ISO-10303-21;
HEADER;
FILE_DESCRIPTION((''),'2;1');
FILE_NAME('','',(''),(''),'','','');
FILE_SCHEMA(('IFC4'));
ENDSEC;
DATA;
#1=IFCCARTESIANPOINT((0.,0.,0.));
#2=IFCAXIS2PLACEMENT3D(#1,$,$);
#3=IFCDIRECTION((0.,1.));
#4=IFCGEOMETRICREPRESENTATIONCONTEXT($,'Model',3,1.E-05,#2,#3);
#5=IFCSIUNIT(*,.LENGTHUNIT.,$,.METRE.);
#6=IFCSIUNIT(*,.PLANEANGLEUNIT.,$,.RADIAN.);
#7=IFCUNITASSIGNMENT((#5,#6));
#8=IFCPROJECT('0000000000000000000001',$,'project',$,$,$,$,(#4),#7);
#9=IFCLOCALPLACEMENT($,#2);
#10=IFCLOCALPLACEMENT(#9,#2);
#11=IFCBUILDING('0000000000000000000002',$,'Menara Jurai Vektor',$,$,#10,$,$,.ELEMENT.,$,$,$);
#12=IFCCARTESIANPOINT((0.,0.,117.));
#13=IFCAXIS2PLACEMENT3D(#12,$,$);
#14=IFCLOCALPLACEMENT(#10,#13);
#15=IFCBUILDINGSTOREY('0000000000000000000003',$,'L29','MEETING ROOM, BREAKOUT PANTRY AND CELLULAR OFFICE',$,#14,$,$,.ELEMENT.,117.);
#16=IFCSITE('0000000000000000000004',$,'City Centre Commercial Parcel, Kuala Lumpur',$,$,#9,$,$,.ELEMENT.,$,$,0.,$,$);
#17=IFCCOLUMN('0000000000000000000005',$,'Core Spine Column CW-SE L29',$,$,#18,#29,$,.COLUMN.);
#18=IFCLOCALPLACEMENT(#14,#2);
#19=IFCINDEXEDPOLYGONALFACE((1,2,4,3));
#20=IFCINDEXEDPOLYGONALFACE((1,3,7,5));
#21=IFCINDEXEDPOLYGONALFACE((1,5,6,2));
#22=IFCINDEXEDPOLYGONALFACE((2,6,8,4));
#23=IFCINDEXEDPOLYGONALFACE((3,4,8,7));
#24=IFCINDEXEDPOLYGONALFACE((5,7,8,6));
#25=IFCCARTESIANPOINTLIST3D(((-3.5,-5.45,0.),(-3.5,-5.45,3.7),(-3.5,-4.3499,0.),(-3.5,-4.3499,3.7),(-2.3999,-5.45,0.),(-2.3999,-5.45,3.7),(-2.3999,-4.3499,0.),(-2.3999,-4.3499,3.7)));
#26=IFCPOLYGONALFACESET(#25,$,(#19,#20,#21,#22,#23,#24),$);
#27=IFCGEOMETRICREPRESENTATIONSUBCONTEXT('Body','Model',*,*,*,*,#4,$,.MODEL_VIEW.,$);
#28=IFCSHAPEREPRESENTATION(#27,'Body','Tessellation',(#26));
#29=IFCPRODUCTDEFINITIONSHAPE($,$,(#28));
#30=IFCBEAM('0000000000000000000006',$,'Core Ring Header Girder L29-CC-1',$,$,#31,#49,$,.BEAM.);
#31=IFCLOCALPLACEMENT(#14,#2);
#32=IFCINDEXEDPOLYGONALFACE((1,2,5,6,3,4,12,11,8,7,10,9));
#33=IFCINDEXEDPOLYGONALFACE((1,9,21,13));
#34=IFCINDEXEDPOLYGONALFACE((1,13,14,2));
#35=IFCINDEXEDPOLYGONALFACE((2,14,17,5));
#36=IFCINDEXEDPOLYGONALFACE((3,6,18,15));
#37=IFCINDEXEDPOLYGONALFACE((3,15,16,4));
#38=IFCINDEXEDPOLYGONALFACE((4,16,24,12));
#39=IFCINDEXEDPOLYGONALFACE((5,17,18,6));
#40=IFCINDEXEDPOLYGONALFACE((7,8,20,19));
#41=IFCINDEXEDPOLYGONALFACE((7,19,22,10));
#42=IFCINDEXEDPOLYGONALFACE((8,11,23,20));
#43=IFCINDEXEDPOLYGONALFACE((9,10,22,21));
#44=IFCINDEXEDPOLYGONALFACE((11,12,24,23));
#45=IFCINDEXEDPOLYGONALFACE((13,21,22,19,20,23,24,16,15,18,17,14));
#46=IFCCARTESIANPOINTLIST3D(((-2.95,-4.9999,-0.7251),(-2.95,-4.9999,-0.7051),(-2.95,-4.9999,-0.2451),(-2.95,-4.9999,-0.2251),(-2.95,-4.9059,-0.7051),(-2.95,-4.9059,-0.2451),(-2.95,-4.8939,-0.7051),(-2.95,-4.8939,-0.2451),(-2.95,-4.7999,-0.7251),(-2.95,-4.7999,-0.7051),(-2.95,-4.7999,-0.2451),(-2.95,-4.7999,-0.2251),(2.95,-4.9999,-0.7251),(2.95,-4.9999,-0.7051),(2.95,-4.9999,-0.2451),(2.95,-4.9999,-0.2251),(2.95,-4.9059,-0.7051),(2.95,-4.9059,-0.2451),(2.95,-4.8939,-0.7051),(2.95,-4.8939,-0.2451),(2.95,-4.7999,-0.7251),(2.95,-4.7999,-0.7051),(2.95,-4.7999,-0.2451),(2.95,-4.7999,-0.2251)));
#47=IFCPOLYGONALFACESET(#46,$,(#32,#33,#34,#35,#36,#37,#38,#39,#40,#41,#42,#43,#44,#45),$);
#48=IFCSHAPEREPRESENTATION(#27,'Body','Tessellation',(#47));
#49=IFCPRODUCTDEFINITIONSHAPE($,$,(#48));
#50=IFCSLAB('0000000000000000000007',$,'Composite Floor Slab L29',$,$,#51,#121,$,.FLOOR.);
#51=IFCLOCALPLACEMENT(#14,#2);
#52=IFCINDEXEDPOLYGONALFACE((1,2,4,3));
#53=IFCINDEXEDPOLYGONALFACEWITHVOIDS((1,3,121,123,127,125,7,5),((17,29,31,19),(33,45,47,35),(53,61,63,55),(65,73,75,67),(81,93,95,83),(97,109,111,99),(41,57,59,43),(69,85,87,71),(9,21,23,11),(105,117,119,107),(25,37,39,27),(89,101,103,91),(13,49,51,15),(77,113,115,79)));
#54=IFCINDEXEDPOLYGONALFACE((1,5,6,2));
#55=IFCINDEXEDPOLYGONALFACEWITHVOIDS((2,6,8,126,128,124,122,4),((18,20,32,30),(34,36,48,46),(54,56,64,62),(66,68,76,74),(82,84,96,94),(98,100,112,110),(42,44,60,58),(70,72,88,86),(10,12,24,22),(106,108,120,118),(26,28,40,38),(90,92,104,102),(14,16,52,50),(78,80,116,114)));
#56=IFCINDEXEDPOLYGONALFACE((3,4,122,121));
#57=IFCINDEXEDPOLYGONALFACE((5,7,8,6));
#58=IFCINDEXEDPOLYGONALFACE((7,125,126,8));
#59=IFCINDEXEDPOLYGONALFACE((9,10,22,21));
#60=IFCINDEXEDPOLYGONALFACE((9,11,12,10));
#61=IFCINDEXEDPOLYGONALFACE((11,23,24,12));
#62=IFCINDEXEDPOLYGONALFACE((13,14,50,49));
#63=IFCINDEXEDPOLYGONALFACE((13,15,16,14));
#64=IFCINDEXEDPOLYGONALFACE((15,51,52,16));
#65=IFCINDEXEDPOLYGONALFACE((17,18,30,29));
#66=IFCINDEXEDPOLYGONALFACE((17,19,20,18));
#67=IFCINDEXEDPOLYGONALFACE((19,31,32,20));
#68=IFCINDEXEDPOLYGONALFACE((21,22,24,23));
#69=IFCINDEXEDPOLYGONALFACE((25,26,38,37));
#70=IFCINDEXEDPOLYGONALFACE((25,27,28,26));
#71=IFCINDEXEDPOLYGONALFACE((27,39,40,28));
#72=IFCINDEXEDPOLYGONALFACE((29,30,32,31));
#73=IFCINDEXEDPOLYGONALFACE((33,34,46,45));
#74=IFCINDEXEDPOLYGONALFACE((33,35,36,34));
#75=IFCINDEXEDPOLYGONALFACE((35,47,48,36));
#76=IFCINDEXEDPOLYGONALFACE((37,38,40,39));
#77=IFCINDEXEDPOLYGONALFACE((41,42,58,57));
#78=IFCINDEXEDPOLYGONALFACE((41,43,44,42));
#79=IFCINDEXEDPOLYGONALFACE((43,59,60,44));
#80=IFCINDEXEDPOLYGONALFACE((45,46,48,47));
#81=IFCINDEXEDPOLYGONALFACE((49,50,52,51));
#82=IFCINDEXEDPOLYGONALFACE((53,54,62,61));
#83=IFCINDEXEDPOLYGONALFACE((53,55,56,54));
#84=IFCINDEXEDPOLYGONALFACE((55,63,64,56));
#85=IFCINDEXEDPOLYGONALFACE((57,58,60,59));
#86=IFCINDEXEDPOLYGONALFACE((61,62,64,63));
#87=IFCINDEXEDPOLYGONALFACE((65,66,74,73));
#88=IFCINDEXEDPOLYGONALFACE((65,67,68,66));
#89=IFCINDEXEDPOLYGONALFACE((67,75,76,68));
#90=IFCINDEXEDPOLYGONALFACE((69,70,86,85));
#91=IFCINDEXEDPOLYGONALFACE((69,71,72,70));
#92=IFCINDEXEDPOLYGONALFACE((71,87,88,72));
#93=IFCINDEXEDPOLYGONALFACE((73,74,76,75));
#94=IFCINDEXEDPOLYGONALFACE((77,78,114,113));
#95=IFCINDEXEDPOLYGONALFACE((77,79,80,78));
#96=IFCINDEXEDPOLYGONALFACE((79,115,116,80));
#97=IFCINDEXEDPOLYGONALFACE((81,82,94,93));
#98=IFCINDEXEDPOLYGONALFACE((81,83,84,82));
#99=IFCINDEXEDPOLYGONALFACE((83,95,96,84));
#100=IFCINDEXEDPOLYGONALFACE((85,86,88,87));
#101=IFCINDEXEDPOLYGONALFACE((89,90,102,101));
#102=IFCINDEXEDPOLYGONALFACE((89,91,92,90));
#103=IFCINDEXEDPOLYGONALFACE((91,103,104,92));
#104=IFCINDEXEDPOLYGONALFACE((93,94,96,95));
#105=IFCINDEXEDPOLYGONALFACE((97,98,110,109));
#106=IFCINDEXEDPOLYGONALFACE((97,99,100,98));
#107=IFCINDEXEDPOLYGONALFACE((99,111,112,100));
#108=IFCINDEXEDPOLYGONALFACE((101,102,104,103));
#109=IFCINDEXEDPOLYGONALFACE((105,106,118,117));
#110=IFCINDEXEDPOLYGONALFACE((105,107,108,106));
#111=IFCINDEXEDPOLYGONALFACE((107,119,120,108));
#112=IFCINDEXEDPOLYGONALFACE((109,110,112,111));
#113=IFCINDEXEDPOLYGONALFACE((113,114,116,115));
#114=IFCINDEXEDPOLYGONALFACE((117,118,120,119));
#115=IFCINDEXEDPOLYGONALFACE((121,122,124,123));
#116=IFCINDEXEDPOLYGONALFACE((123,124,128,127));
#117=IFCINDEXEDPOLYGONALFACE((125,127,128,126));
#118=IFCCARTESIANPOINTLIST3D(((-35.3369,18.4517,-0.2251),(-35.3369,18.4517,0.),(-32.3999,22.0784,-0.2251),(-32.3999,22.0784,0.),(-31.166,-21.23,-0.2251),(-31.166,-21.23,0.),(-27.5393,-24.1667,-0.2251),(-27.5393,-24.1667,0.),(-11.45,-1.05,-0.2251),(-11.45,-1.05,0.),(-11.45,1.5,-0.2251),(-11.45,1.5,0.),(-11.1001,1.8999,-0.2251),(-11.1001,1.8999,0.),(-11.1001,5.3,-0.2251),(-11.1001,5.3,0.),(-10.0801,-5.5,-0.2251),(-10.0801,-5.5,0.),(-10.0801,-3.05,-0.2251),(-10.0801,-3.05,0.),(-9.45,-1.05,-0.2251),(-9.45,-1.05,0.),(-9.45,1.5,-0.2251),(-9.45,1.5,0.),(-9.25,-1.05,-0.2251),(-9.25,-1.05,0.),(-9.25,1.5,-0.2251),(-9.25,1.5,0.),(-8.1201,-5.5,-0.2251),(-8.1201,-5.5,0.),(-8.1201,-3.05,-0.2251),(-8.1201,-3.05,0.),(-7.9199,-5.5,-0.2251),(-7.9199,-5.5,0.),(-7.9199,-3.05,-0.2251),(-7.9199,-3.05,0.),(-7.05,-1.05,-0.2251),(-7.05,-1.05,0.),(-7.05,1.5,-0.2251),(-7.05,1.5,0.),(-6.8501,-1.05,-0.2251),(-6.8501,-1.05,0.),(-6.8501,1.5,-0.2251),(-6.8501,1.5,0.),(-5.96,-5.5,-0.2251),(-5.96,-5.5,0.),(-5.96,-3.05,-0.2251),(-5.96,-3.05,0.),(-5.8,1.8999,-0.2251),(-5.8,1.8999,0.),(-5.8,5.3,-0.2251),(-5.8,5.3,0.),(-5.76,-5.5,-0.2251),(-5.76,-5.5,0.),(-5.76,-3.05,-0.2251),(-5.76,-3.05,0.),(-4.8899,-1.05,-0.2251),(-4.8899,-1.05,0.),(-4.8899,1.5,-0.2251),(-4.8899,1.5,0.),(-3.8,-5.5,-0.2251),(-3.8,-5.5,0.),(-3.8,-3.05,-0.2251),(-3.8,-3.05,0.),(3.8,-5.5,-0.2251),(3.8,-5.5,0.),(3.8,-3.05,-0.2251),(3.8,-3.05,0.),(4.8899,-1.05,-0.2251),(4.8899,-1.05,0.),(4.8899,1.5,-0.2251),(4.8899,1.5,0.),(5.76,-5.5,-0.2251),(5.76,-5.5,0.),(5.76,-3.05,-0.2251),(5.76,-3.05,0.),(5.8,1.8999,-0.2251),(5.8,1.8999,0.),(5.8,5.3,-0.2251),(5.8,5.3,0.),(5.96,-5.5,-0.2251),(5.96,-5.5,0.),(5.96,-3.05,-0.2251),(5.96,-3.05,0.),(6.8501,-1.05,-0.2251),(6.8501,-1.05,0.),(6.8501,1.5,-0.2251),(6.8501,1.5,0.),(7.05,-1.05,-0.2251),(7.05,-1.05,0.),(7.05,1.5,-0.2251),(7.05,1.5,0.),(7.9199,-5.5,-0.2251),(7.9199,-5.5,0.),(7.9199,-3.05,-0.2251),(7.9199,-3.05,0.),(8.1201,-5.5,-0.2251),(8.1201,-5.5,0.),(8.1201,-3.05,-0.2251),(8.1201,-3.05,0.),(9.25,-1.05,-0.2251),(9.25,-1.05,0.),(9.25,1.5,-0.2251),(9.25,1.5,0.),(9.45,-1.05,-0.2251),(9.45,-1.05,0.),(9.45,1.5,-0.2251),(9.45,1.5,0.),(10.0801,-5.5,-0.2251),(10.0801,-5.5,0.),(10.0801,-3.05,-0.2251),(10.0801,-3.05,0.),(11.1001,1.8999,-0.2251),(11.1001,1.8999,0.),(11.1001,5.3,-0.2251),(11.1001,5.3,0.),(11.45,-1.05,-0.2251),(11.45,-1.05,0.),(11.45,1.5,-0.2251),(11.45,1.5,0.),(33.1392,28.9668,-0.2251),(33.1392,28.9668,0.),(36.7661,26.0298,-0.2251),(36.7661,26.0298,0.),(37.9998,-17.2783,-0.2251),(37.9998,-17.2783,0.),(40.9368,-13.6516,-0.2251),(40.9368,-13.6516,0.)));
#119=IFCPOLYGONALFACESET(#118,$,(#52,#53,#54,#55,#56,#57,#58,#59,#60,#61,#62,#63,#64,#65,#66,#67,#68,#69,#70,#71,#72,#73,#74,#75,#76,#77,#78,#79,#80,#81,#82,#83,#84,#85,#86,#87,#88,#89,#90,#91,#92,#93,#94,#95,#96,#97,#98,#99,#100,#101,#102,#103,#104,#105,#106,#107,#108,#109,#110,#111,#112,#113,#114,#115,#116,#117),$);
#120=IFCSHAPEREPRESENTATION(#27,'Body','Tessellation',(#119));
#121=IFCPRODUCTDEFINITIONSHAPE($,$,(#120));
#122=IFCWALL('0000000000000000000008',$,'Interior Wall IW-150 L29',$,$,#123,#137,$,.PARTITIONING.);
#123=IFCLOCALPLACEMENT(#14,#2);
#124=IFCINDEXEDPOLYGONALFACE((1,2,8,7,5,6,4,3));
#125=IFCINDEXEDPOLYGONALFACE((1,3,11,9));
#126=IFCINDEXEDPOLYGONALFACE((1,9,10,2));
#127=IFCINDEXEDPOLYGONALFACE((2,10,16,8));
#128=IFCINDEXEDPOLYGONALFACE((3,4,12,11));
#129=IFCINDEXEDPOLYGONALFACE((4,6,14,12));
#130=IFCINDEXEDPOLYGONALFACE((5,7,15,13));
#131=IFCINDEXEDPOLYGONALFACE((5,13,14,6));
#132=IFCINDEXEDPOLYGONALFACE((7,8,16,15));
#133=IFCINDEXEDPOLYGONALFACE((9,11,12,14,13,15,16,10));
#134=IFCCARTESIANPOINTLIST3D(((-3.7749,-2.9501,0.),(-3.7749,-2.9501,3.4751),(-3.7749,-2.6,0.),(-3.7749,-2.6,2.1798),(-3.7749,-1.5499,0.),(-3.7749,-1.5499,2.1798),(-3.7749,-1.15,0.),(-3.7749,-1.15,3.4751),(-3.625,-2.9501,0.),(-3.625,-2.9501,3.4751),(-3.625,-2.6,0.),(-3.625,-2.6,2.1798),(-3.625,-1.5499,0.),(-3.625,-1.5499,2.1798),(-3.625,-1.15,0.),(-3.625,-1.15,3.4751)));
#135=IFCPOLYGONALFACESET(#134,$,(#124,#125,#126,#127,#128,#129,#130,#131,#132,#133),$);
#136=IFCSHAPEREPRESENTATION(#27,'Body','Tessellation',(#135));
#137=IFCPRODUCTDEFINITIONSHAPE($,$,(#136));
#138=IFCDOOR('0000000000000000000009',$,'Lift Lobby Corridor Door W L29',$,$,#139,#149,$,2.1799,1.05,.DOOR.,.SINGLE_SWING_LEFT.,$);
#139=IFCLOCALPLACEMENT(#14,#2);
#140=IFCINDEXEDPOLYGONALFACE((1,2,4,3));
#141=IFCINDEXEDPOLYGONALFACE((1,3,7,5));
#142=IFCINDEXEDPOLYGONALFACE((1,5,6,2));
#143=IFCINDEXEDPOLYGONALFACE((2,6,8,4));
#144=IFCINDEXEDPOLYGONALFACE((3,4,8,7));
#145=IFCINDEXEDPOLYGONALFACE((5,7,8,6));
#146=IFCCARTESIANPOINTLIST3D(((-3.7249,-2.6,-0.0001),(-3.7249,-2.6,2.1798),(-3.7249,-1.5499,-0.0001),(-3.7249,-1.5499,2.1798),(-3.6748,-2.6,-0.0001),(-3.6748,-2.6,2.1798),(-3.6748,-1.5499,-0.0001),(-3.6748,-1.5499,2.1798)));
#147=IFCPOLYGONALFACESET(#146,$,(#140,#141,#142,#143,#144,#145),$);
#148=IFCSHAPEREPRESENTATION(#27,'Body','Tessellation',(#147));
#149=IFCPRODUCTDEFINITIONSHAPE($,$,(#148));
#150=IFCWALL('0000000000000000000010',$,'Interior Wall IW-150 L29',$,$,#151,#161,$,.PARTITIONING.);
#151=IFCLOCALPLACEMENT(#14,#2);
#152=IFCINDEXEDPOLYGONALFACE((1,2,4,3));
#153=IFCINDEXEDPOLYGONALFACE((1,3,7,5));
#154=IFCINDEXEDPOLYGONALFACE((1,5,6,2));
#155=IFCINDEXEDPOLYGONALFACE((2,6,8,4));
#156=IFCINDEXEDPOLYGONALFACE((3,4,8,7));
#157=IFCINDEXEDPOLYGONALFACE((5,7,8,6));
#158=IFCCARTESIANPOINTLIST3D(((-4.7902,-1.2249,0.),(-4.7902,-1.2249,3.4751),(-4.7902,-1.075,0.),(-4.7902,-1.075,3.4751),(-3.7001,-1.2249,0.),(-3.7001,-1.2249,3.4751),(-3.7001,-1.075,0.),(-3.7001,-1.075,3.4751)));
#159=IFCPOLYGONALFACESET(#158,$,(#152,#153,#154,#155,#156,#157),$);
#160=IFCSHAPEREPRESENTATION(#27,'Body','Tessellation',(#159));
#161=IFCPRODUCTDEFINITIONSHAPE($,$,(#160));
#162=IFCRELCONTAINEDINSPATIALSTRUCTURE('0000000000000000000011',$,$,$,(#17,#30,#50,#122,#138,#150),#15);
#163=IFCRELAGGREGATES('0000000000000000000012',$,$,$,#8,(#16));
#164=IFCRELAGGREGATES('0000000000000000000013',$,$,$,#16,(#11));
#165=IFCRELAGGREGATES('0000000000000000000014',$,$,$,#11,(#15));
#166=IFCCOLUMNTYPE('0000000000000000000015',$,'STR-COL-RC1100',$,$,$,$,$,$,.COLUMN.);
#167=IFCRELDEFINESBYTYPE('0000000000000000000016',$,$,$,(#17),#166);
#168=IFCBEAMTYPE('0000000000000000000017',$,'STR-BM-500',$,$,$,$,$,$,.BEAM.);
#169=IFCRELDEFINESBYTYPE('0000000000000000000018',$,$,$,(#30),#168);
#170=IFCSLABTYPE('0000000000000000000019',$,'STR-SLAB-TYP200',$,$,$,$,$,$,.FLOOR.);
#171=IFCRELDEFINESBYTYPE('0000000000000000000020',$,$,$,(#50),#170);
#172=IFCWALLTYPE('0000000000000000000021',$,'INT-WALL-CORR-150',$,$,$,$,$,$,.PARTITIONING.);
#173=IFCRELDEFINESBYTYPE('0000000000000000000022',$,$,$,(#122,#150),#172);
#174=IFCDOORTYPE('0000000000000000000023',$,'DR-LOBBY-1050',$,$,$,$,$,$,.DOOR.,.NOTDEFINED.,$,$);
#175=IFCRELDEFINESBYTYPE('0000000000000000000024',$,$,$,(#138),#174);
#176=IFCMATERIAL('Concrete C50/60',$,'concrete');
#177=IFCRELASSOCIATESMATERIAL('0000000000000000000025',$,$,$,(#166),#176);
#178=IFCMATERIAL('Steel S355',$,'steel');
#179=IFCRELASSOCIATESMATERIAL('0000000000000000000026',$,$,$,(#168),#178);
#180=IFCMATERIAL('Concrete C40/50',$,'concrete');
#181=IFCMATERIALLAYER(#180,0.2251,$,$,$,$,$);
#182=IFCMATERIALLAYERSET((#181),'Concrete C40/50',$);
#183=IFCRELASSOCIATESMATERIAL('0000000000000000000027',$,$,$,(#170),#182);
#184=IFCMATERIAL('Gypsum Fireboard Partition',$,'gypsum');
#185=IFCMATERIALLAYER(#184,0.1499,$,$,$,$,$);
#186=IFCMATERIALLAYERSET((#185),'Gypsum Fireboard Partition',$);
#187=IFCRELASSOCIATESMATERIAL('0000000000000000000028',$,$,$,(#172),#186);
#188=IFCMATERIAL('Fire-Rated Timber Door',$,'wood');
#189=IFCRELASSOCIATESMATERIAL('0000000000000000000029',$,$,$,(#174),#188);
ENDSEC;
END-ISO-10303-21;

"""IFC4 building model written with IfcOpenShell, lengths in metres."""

from ifc_helpers import new_model, si_unit, direction, frame, frame_2d, origin, origin_2d, place, context, subcontext, project, spatial, polyline, rectangle, i_section, outline, extrude, material, layer, layer_set, material_profile, profile_set, type_object, element, fill, save


model = new_model("IFC4")

# Units and contexts
model_context = context("Model", 3, precision=1e-05, world=origin(), true_north=direction((0.0, 1.0)))
body_context = subcontext(model_context, "Body", "Model", "MODEL_VIEW")
ifc_project = project(units=[si_unit("LENGTHUNIT", "METRE"), si_unit("PLANEANGLEUNIT", "RADIAN")], contexts=[model_context])

# Site, building, storey
site_placement = place(None, origin())
site = spatial("IfcSite", under=ifc_project, at=site_placement, Name="City Centre Commercial Parcel, Kuala Lumpur", CompositionType="ELEMENT", RefElevation=0.0)
building_placement = place(site_placement, origin())
building = spatial("IfcBuilding", under=site, at=building_placement, Name="Menara Jurai Vektor", CompositionType="ELEMENT")
storey_placement = place(building_placement, frame((0.0, 0.0, 117.0)))
storey = spatial("IfcBuildingStorey", under=building, at=storey_placement, Name="L29", Description="MEETING ROOM, BREAKOUT PANTRY AND CELLULAR OFFICE", CompositionType="ELEMENT", Elevation=117.0)

# Column
ifc_material_1 = material(Name="Concrete C50/60", Category="concrete")
ifc_material_profile_1 = material_profile(ifc_material_1, rectangle(XDim=1.1001, YDim=1.1001, at=origin_2d()), Name="RC 1100x1100")
ifc_profile_set_1 = profile_set([ifc_material_profile_1], Name="Concrete C50/60")
column_type = type_object("IfcColumnType", Name="STR-COL-RC1100", PredefinedType="COLUMN", material=ifc_profile_set_1)
column_placement = place(storey_placement, frame((-2.95, -4.8999, 0.0), z_axis=(0.0, 0.0, 1.0), x_axis=(1.0, 0.0, 0.0)))
element("IfcColumn", 1, at=column_placement, inside=storey, type_object=column_type, Name="Core Spine Column CW-SE L29", PredefinedType="COLUMN", context=body_context, shape_type="SweptSolid", body=[
    extrude(rectangle(XDim=1.1001, YDim=1.1001, at=origin_2d()), origin(), (0.0, 0.0, 1.0), 3.7),
])

# Beam
ifc_material_2 = material(Name="Steel S355", Category="steel")
ifc_material_profile_2 = material_profile(ifc_material_2, i_section(OverallWidth=0.2, OverallDepth=0.5, WebThickness=0.012, FlangeThickness=0.02, at=origin_2d()), Name="PG 500x200x96")
ifc_profile_set_2 = profile_set([ifc_material_profile_2], Name="Steel S355")
beam_type = type_object("IfcBeamType", Name="STR-BM-500", PredefinedType="BEAM", material=ifc_profile_set_2)
beam_placement = place(storey_placement, frame((-2.95, -4.8999, -0.4751), z_axis=(1.0, 0.0, 0.0), x_axis=(0.0, 1.0, 0.0)))
element("IfcBeam", 2, at=beam_placement, inside=storey, type_object=beam_type, Name="Core Ring Header Girder L29-CC-1", PredefinedType="BEAM", context=body_context, shape_type="SweptSolid", body=[
    extrude(i_section(OverallWidth=0.2, OverallDepth=0.5, WebThickness=0.012, FlangeThickness=0.02, at=origin_2d()), origin(), (0.0, 0.0, 1.0), 5.8999),
])

# Slab
ifc_material_3 = material(Name="Concrete C40/50", Category="concrete")
ifc_layer_1 = layer(ifc_material_3, 0.2251)
ifc_layer_set_1 = layer_set([ifc_layer_1], Name="Concrete C40/50")
slab_type = type_object("IfcSlabType", Name="STR-SLAB-TYP200", PredefinedType="FLOOR", material=ifc_layer_set_1)
slab_placement = place(storey_placement, frame((0.0, 0.0, -0.2251)))
element("IfcSlab", 3, at=slab_placement, inside=storey, type_object=slab_type, Name="Composite Floor Slab L29", PredefinedType="FLOOR", context=body_context, shape_type="SweptSolid", body=[
    extrude(outline(polyline([(-27.5393, -24.1667), (37.9998, -17.2783), (40.9368, -13.6516), (36.7661, 26.0298), (33.1392, 28.9668), (-32.3999, 22.0784), (-35.3369, 18.4517), (-31.166, -21.23), (-27.5393, -24.1667)]), holes=[polyline([(-11.1001, 1.8999), (-11.1001, 5.3), (-5.8, 5.3), (-5.8, 1.8999), (-11.1001, 1.8999)]), polyline([(5.8, 1.8999), (5.8, 5.3), (11.1001, 5.3), (11.1001, 1.8999), (5.8, 1.8999)]), polyline([(-11.45, -1.05), (-11.45, 1.5), (-9.45, 1.5), (-9.45, -1.05), (-11.45, -1.05)]), polyline([(9.45, -1.05), (9.45, 1.5), (11.45, 1.5), (11.45, -1.05), (9.45, -1.05)]), polyline([(-5.76, -5.5), (-5.76, -3.05), (-3.8, -3.05), (-3.8, -5.5), (-5.76, -5.5)]), polyline([(-6.8501, -1.05), (-6.8501, 1.5), (-4.8899, 1.5), (-4.8899, -1.05), (-6.8501, -1.05)]), polyline([(3.8, -5.5), (3.8, -3.05), (5.76, -3.05), (5.76, -5.5), (3.8, -5.5)]), polyline([(4.8899, -1.05), (4.8899, 1.5), (6.8501, 1.5), (6.8501, -1.05), (4.8899, -1.05)]), polyline([(-10.0801, -5.5), (-10.0801, -3.05), (-8.1201, -3.05), (-8.1201, -5.5), (-10.0801, -5.5)]), polyline([(-7.9199, -5.5), (-7.9199, -3.05), (-5.96, -3.05), (-5.96, -5.5), (-7.9199, -5.5)]), polyline([(5.96, -5.5), (5.96, -3.05), (7.9199, -3.05), (7.9199, -5.5), (5.96, -5.5)]), polyline([(8.1201, -5.5), (8.1201, -3.05), (10.0801, -3.05), (10.0801, -5.5), (8.1201, -5.5)]), polyline([(-9.25, -1.05), (-9.25, 1.5), (-7.05, 1.5), (-7.05, -1.05), (-9.25, -1.05)]), polyline([(7.05, -1.05), (7.05, 1.5), (9.25, 1.5), (9.25, -1.05), (7.05, -1.05)])]), origin(), (0.0, 0.0, 1.0), 0.2251),
])

# Wall, opening, door
ifc_material_4 = material(Name="Gypsum Fireboard Partition", Category="gypsum")
ifc_layer_2 = layer(ifc_material_4, 0.1499)
ifc_layer_set_2 = layer_set([ifc_layer_2], Name="Gypsum Fireboard Partition")
wall_type_1 = type_object("IfcWallType", Name="INT-WALL-CORR-150", PredefinedType="PARTITIONING", material=ifc_layer_set_2)
wall_1_placement = place(storey_placement, frame((-3.7, -2.95, 0.0), z_axis=(0.0, 0.0, 1.0), x_axis=(0.0, 1.0, 0.0)))
wall_1 = element("IfcWall", 4, at=wall_1_placement, inside=storey, type_object=wall_type_1, Name="Interior Wall IW-150 L29", PredefinedType="PARTITIONING", context=body_context, shape_type="SweptSolid", body=[
    extrude(rectangle(XDim=1.8, YDim=0.1499, at=frame_2d((0.8999, 0.0))), origin(), (0.0, 0.0, 1.0), 3.4751),
])
opening_1_placement = place(wall_1_placement, frame((0.3501, 0.0, 0.0)))
opening_1 = element("IfcOpeningElement", 5, at=opening_1_placement, cuts=wall_1, PredefinedType="OPENING", context=body_context, shape_type="SweptSolid", body=[
    extrude(rectangle(XDim=1.05, YDim=2.1799, at=frame_2d((0.5249, 1.0898))), frame((0.0, 0.085, 0.0), z_axis=(0.0, -1.0, 0.0), x_axis=(1.0, 0.0, 0.0)), (0.0, 0.0, 1.0), 0.1699),
])
ifc_material_5 = material(Name="Fire-Rated Timber Door", Category="wood")
door_type_1 = type_object("IfcDoorType", Name="DR-LOBBY-1050", OperationType="NOTDEFINED", PredefinedType="DOOR", material=ifc_material_5)
door_1_placement = place(opening_1_placement, origin())
door_1 = element("IfcDoor", 6, at=door_1_placement, inside=storey, type_object=door_type_1, Name="Lift Lobby Corridor Door W L29", OperationType="SINGLE_SWING_LEFT", OverallHeight=2.1799, OverallWidth=1.05, PredefinedType="DOOR", context=body_context, shape_type="SweptSolid", body=[
    extrude(rectangle(XDim=1.05, YDim=2.1799, at=frame_2d((0.5249, 1.0898))), frame((0.0, 0.0249, 0.0), z_axis=(0.0, -1.0, 0.0), x_axis=(1.0, 0.0, 0.0)), (0.0, 0.0, 1.0), 0.05),
])
fill(opening_1, door_1)

# Wall
wall_2_placement = place(storey_placement, frame((-4.79, -1.1499, 0.0), z_axis=(0.0, 0.0, 1.0), x_axis=(1.0, 0.0, 0.0)))
element("IfcWall", 7, at=wall_2_placement, inside=storey, type_object=wall_type_1, Name="Interior Wall IW-150 L29", PredefinedType="PARTITIONING", context=body_context, shape_type="SweptSolid", body=[
    extrude(rectangle(XDim=1.0901, YDim=0.1499, at=frame_2d((0.5449, 0.0))), origin(), (0.0, 0.0, 1.0), 3.4751),
])

save(model, "model.ifc")
